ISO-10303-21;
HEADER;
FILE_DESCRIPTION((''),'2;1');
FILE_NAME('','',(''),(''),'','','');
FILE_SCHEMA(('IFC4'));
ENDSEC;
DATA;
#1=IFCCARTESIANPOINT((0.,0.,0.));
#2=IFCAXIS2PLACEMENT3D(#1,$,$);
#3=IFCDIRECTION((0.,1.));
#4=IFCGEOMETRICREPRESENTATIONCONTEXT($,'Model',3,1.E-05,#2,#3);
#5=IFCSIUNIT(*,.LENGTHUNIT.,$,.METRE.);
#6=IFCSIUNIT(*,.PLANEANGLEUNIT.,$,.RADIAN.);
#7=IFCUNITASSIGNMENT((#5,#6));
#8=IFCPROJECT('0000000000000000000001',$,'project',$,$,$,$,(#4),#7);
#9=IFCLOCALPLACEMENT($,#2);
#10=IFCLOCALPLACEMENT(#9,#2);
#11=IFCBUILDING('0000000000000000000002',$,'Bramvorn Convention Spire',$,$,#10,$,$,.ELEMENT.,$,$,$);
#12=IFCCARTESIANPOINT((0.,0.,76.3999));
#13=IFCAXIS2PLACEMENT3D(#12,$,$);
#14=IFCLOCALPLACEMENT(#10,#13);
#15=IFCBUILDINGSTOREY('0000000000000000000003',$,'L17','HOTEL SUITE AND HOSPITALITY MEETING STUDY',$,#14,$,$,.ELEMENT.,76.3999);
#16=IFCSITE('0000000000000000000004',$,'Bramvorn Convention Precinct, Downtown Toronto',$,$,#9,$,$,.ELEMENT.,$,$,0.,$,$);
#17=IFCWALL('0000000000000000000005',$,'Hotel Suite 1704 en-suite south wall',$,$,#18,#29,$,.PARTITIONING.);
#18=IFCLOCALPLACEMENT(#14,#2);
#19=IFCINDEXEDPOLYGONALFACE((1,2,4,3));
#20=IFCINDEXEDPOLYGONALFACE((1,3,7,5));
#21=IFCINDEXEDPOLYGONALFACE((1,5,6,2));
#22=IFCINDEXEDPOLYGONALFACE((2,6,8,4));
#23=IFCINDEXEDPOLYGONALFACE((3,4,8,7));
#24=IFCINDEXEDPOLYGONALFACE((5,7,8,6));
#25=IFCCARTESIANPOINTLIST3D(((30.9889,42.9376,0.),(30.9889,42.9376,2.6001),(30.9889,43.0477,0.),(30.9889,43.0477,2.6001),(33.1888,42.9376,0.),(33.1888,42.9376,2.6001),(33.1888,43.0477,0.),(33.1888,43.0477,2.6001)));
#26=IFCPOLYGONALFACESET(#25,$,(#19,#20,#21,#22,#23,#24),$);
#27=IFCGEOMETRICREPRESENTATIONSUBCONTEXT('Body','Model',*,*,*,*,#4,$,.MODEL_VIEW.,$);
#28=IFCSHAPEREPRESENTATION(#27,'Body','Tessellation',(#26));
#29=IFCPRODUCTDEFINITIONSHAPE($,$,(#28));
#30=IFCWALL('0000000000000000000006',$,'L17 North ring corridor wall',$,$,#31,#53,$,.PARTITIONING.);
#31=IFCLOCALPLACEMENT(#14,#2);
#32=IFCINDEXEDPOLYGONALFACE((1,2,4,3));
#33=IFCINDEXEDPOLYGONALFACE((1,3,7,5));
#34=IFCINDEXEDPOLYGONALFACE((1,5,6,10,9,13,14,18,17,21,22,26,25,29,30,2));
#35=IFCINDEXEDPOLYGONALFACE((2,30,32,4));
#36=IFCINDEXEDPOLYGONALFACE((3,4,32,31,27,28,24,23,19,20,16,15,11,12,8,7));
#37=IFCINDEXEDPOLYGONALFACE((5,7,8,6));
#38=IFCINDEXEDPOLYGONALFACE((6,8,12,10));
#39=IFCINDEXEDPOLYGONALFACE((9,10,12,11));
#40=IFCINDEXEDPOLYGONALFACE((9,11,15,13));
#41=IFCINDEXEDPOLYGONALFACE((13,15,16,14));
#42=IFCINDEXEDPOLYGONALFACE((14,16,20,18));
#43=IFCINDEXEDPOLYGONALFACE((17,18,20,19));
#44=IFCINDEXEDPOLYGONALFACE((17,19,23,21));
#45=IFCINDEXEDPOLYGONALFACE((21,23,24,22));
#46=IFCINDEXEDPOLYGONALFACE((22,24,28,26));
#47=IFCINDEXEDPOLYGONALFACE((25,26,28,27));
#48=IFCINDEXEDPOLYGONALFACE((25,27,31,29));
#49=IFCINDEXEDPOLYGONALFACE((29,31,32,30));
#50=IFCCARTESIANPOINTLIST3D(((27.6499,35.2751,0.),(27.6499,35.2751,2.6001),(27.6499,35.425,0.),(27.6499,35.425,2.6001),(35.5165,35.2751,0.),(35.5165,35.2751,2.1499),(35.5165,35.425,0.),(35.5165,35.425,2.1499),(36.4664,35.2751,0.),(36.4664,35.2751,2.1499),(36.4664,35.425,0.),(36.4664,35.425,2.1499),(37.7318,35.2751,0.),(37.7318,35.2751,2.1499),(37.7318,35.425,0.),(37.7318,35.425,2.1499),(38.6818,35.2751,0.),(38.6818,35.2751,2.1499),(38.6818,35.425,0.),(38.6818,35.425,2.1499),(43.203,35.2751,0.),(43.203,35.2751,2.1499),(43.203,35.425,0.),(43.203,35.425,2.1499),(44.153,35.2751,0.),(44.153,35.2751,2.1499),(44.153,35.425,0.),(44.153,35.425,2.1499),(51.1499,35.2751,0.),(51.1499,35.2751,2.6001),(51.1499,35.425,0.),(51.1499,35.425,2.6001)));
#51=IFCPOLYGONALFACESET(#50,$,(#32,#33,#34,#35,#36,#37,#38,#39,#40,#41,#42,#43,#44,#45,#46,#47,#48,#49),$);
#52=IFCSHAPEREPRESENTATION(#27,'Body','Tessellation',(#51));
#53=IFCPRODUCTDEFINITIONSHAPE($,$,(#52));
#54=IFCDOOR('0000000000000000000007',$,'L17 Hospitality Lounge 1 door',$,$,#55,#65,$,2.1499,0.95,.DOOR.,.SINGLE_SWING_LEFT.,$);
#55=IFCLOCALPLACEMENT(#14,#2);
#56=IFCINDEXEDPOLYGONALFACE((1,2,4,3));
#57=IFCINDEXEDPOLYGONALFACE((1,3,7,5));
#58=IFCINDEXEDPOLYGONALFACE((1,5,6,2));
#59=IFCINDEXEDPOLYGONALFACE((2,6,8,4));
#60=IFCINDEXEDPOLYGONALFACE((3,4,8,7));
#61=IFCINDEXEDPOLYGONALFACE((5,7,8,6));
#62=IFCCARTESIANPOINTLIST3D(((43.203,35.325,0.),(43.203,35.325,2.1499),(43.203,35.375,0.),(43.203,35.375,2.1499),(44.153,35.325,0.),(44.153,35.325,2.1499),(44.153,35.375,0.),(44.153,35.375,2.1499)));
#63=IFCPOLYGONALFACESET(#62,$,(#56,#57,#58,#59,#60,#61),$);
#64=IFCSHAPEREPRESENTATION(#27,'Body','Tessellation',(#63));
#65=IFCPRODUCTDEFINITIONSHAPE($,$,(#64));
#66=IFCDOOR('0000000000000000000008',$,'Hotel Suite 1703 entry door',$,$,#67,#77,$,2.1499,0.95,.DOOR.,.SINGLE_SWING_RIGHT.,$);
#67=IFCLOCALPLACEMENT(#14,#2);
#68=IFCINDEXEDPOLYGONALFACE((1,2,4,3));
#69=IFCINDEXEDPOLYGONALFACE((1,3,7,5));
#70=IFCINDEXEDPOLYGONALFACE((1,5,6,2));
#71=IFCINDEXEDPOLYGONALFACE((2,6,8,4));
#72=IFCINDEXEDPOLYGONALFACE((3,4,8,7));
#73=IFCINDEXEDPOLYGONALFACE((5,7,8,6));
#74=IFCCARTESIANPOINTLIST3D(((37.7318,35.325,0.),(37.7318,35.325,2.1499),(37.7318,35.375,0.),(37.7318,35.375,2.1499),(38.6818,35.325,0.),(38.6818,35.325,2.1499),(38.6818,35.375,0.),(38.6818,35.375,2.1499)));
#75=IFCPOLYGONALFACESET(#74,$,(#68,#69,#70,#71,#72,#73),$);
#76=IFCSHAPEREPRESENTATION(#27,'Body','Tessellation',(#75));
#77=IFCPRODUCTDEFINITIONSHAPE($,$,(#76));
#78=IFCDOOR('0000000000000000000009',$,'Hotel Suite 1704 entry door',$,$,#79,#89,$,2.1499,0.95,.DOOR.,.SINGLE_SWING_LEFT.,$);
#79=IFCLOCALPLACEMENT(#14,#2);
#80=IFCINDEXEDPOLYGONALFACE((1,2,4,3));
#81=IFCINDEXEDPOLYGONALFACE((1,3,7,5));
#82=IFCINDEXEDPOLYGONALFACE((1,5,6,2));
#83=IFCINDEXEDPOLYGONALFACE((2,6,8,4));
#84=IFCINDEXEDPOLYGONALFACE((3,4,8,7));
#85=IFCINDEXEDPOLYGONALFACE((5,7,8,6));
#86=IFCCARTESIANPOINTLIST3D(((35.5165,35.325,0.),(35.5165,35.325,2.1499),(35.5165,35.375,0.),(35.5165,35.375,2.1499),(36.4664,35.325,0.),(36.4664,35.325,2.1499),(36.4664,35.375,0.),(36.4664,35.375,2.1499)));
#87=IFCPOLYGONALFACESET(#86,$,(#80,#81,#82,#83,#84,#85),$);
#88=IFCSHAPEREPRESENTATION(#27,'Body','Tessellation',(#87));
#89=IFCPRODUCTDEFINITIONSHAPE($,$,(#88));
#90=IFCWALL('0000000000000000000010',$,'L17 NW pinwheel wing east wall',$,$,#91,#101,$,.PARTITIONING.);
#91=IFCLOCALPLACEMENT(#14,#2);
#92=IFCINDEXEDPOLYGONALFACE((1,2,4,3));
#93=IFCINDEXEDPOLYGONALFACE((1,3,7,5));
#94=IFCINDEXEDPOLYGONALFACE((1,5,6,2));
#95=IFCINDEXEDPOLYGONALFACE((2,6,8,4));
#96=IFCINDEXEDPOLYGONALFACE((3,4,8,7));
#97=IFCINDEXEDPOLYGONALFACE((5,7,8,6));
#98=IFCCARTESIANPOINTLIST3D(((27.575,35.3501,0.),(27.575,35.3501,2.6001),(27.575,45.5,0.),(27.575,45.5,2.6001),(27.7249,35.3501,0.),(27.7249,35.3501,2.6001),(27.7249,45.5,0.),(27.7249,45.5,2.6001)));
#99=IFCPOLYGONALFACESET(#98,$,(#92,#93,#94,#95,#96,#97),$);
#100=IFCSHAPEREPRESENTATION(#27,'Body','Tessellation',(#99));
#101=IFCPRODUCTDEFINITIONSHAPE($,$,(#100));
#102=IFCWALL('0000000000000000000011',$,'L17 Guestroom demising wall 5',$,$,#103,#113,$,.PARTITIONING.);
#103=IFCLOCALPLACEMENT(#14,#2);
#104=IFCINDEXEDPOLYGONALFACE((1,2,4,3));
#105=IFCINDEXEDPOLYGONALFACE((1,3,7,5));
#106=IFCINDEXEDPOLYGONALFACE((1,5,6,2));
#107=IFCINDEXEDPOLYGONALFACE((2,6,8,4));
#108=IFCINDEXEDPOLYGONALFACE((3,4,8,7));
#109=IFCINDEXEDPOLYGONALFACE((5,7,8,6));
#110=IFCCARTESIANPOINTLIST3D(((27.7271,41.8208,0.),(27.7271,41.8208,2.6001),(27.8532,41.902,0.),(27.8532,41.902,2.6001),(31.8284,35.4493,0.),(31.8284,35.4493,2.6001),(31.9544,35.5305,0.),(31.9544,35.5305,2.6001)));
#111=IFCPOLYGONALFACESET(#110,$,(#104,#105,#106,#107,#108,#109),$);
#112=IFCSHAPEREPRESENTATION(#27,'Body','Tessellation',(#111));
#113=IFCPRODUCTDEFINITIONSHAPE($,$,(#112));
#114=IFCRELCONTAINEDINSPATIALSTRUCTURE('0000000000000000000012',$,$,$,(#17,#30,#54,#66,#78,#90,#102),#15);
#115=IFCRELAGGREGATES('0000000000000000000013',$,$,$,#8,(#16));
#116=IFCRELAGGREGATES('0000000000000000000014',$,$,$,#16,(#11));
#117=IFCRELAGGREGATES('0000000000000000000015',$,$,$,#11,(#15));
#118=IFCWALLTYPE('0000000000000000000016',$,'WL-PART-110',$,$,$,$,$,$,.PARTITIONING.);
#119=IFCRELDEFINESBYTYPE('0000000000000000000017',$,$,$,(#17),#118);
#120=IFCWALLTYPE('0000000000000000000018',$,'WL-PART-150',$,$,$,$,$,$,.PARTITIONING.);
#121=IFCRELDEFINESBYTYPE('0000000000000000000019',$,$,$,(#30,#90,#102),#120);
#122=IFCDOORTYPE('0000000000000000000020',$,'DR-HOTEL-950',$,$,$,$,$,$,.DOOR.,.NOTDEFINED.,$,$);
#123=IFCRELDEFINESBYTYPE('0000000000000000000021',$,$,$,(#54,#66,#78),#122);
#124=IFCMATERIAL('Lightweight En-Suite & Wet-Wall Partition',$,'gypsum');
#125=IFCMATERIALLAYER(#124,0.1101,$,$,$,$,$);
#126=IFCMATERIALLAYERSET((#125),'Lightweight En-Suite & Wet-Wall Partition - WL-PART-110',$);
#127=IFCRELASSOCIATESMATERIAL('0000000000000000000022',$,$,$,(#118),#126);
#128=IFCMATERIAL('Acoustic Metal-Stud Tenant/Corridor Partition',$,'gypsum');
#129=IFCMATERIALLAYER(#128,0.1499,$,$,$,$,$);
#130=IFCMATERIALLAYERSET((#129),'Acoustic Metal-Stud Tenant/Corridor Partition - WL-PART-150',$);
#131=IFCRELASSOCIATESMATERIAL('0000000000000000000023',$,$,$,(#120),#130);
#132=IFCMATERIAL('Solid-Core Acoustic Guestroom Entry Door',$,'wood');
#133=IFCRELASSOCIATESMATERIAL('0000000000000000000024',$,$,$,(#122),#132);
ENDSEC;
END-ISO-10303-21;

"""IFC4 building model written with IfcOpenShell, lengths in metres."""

from ifc_helpers import new_model, si_unit, direction, frame, frame_2d, origin, place, context, subcontext, project, spatial, rectangle, extrude, material, layer, layer_set, type_object, element, fill, save


model = new_model("IFC4")

# Units and contexts
model_context = context("Model", 3, precision=1e-05, world=origin(), true_north=direction((0.0, 1.0)))
body_context = subcontext(model_context, "Body", "Model", "MODEL_VIEW")
ifc_project = project(units=[si_unit("LENGTHUNIT", "METRE"), si_unit("PLANEANGLEUNIT", "RADIAN")], contexts=[model_context])

# Site, building, storey
site_placement = place(None, origin())
site = spatial("IfcSite", under=ifc_project, at=site_placement, Name="Bramvorn Convention Precinct, Downtown Toronto", CompositionType="ELEMENT", RefElevation=0.0)
building_placement = place(site_placement, origin())
building = spatial("IfcBuilding", under=site, at=building_placement, Name="Bramvorn Convention Spire", CompositionType="ELEMENT")
storey_placement = place(building_placement, frame((0.0, 0.0, 76.3999)))
storey = spatial("IfcBuildingStorey", under=building, at=storey_placement, Name="L17", Description="HOTEL SUITE AND HOSPITALITY MEETING STUDY", CompositionType="ELEMENT", Elevation=76.3999)

# Wall
ifc_material_1 = material(Name="Lightweight En-Suite & Wet-Wall Partition", Category="gypsum")
ifc_layer_1 = layer(ifc_material_1, 0.1101)
ifc_layer_set_1 = layer_set([ifc_layer_1], Name="Lightweight En-Suite & Wet-Wall Partition - WL-PART-110")
wall_type_1 = type_object("IfcWallType", Name="WL-PART-110", PredefinedType="PARTITIONING", material=ifc_layer_set_1)
wall_1_placement = place(storey_placement, frame((30.9888, 42.9927, 0.0), z_axis=(0.0, 0.0, 1.0), x_axis=(1.0, 0.0, 0.0)))
element("IfcWall", 1, at=wall_1_placement, inside=storey, type_object=wall_type_1, Name="Hotel Suite 1704 en-suite south wall", PredefinedType="PARTITIONING", context=body_context, shape_type="SweptSolid", body=[
    extrude(rectangle(XDim=2.2, YDim=0.1101, at=frame_2d((1.1001, 0.0))), origin(), (0.0, 0.0, 1.0), 2.6001),
])

# Wall, openings, doors
ifc_material_2 = material(Name="Acoustic Metal-Stud Tenant/Corridor Partition", Category="gypsum")
ifc_layer_2 = layer(ifc_material_2, 0.1499)
ifc_layer_set_2 = layer_set([ifc_layer_2], Name="Acoustic Metal-Stud Tenant/Corridor Partition - WL-PART-150")
wall_type_2 = type_object("IfcWallType", Name="WL-PART-150", PredefinedType="PARTITIONING", material=ifc_layer_set_2)
wall_2_placement = place(storey_placement, frame((27.6499, 35.3501, 0.0), z_axis=(0.0, 0.0, 1.0), x_axis=(1.0, 0.0, 0.0)))
wall_2 = element("IfcWall", 2, at=wall_2_placement, inside=storey, type_object=wall_type_2, Name="L17 North ring corridor wall", PredefinedType="PARTITIONING", context=body_context, shape_type="SweptSolid", body=[
    extrude(rectangle(XDim=23.5, YDim=0.1499, at=frame_2d((11.75, 0.0))), origin(), (0.0, 0.0, 1.0), 2.6001),
])
opening_1_placement = place(wall_2_placement, frame((15.553, 0.0, 0.0)))
opening_1 = element("IfcOpeningElement", 3, at=opening_1_placement, cuts=wall_2, PredefinedType="OPENING", context=body_context, shape_type="SweptSolid", body=[
    extrude(rectangle(XDim=0.95, YDim=2.1499, at=frame_2d((0.4751, 1.075))), frame((0.0, 0.085, 0.0), z_axis=(0.0, -1.0, 0.0), x_axis=(1.0, 0.0, 0.0)), (0.0, 0.0, 1.0), 0.1699),
])
opening_2_placement = place(wall_2_placement, frame((10.0818, 0.0, 0.0)))
opening_2 = element("IfcOpeningElement", 4, at=opening_2_placement, cuts=wall_2, PredefinedType="OPENING", context=body_context, shape_type="SweptSolid", body=[
    extrude(rectangle(XDim=0.95, YDim=2.1499, at=frame_2d((0.4751, 1.075))), frame((0.0, 0.085, 0.0), z_axis=(0.0, -1.0, 0.0), x_axis=(1.0, 0.0, 0.0)), (0.0, 0.0, 1.0), 0.1699),
])
opening_3_placement = place(wall_2_placement, frame((7.8665, 0.0, 0.0)))
opening_3 = element("IfcOpeningElement", 5, at=opening_3_placement, cuts=wall_2, PredefinedType="OPENING", context=body_context, shape_type="SweptSolid", body=[
    extrude(rectangle(XDim=0.95, YDim=2.1499, at=frame_2d((0.4751, 1.075))), frame((0.0, 0.085, 0.0), z_axis=(0.0, -1.0, 0.0), x_axis=(1.0, 0.0, 0.0)), (0.0, 0.0, 1.0), 0.1699),
])
ifc_material_3 = material(Name="Solid-Core Acoustic Guestroom Entry Door", Category="wood")
door_type_1 = type_object("IfcDoorType", Name="DR-HOTEL-950", OperationType="NOTDEFINED", PredefinedType="DOOR", material=ifc_material_3)
door_1_placement = place(opening_1_placement, origin())
door_1 = element("IfcDoor", 6, at=door_1_placement, inside=storey, type_object=door_type_1, Name="L17 Hospitality Lounge 1 door", OperationType="SINGLE_SWING_LEFT", OverallHeight=2.1499, OverallWidth=0.95, PredefinedType="DOOR", context=body_context, shape_type="SweptSolid", body=[
    extrude(rectangle(XDim=0.95, YDim=2.1499, at=frame_2d((0.4751, 1.075))), frame((0.0, 0.0249, 0.0), z_axis=(0.0, -1.0, 0.0), x_axis=(1.0, 0.0, 0.0)), (0.0, 0.0, 1.0), 0.05),
])
fill(opening_1, door_1)
door_2_placement = place(opening_2_placement, origin())
door_2 = element("IfcDoor", 7, at=door_2_placement, inside=storey, type_object=door_type_1, Name="Hotel Suite 1703 entry door", OperationType="SINGLE_SWING_RIGHT", OverallHeight=2.1499, OverallWidth=0.95, PredefinedType="DOOR", context=body_context, shape_type="SweptSolid", body=[
    extrude(rectangle(XDim=0.95, YDim=2.1499, at=frame_2d((0.4751, 1.075))), frame((0.0, 0.0249, 0.0), z_axis=(0.0, -1.0, 0.0), x_axis=(1.0, 0.0, 0.0)), (0.0, 0.0, 1.0), 0.05),
])
fill(opening_2, door_2)
door_3_placement = place(opening_3_placement, origin())
door_3 = element("IfcDoor", 8, at=door_3_placement, inside=storey, type_object=door_type_1, Name="Hotel Suite 1704 entry door", OperationType="SINGLE_SWING_LEFT", OverallHeight=2.1499, OverallWidth=0.95, PredefinedType="DOOR", context=body_context, shape_type="SweptSolid", body=[
    extrude(rectangle(XDim=0.95, YDim=2.1499, at=frame_2d((0.4751, 1.075))), frame((0.0, 0.0249, 0.0), z_axis=(0.0, -1.0, 0.0), x_axis=(1.0, 0.0, 0.0)), (0.0, 0.0, 1.0), 0.05),
])
fill(opening_3, door_3)

# Walls
wall_3_placement = place(storey_placement, frame((27.6499, 35.3501, 0.0), z_axis=(0.0, 0.0, 1.0), x_axis=(0.0, 1.0, 0.0)))
element("IfcWall", 9, at=wall_3_placement, inside=storey, type_object=wall_type_2, Name="L17 NW pinwheel wing east wall", PredefinedType="PARTITIONING", context=body_context, shape_type="SweptSolid", body=[
    extrude(rectangle(XDim=10.1499, YDim=0.1499, at=frame_2d((5.075, 0.0))), origin(), (0.0, 0.0, 1.0), 2.6001),
])
wall_4_placement = place(storey_placement, frame((31.8914, 35.49, 0.0), z_axis=(0.0, 0.0, 1.0), x_axis=(-0.541253, 0.84086, 0.0)))
element("IfcWall", 10, at=wall_4_placement, inside=storey, type_object=wall_type_2, Name="L17 Guestroom demising wall 5", PredefinedType="PARTITIONING", context=body_context, shape_type="SweptSolid", body=[
    extrude(rectangle(XDim=7.5774, YDim=0.1499, at=frame_2d((3.7886, 0.0))), origin(), (0.0, 0.0, 1.0), 2.6001),
])

save(model, "model.ifc")
